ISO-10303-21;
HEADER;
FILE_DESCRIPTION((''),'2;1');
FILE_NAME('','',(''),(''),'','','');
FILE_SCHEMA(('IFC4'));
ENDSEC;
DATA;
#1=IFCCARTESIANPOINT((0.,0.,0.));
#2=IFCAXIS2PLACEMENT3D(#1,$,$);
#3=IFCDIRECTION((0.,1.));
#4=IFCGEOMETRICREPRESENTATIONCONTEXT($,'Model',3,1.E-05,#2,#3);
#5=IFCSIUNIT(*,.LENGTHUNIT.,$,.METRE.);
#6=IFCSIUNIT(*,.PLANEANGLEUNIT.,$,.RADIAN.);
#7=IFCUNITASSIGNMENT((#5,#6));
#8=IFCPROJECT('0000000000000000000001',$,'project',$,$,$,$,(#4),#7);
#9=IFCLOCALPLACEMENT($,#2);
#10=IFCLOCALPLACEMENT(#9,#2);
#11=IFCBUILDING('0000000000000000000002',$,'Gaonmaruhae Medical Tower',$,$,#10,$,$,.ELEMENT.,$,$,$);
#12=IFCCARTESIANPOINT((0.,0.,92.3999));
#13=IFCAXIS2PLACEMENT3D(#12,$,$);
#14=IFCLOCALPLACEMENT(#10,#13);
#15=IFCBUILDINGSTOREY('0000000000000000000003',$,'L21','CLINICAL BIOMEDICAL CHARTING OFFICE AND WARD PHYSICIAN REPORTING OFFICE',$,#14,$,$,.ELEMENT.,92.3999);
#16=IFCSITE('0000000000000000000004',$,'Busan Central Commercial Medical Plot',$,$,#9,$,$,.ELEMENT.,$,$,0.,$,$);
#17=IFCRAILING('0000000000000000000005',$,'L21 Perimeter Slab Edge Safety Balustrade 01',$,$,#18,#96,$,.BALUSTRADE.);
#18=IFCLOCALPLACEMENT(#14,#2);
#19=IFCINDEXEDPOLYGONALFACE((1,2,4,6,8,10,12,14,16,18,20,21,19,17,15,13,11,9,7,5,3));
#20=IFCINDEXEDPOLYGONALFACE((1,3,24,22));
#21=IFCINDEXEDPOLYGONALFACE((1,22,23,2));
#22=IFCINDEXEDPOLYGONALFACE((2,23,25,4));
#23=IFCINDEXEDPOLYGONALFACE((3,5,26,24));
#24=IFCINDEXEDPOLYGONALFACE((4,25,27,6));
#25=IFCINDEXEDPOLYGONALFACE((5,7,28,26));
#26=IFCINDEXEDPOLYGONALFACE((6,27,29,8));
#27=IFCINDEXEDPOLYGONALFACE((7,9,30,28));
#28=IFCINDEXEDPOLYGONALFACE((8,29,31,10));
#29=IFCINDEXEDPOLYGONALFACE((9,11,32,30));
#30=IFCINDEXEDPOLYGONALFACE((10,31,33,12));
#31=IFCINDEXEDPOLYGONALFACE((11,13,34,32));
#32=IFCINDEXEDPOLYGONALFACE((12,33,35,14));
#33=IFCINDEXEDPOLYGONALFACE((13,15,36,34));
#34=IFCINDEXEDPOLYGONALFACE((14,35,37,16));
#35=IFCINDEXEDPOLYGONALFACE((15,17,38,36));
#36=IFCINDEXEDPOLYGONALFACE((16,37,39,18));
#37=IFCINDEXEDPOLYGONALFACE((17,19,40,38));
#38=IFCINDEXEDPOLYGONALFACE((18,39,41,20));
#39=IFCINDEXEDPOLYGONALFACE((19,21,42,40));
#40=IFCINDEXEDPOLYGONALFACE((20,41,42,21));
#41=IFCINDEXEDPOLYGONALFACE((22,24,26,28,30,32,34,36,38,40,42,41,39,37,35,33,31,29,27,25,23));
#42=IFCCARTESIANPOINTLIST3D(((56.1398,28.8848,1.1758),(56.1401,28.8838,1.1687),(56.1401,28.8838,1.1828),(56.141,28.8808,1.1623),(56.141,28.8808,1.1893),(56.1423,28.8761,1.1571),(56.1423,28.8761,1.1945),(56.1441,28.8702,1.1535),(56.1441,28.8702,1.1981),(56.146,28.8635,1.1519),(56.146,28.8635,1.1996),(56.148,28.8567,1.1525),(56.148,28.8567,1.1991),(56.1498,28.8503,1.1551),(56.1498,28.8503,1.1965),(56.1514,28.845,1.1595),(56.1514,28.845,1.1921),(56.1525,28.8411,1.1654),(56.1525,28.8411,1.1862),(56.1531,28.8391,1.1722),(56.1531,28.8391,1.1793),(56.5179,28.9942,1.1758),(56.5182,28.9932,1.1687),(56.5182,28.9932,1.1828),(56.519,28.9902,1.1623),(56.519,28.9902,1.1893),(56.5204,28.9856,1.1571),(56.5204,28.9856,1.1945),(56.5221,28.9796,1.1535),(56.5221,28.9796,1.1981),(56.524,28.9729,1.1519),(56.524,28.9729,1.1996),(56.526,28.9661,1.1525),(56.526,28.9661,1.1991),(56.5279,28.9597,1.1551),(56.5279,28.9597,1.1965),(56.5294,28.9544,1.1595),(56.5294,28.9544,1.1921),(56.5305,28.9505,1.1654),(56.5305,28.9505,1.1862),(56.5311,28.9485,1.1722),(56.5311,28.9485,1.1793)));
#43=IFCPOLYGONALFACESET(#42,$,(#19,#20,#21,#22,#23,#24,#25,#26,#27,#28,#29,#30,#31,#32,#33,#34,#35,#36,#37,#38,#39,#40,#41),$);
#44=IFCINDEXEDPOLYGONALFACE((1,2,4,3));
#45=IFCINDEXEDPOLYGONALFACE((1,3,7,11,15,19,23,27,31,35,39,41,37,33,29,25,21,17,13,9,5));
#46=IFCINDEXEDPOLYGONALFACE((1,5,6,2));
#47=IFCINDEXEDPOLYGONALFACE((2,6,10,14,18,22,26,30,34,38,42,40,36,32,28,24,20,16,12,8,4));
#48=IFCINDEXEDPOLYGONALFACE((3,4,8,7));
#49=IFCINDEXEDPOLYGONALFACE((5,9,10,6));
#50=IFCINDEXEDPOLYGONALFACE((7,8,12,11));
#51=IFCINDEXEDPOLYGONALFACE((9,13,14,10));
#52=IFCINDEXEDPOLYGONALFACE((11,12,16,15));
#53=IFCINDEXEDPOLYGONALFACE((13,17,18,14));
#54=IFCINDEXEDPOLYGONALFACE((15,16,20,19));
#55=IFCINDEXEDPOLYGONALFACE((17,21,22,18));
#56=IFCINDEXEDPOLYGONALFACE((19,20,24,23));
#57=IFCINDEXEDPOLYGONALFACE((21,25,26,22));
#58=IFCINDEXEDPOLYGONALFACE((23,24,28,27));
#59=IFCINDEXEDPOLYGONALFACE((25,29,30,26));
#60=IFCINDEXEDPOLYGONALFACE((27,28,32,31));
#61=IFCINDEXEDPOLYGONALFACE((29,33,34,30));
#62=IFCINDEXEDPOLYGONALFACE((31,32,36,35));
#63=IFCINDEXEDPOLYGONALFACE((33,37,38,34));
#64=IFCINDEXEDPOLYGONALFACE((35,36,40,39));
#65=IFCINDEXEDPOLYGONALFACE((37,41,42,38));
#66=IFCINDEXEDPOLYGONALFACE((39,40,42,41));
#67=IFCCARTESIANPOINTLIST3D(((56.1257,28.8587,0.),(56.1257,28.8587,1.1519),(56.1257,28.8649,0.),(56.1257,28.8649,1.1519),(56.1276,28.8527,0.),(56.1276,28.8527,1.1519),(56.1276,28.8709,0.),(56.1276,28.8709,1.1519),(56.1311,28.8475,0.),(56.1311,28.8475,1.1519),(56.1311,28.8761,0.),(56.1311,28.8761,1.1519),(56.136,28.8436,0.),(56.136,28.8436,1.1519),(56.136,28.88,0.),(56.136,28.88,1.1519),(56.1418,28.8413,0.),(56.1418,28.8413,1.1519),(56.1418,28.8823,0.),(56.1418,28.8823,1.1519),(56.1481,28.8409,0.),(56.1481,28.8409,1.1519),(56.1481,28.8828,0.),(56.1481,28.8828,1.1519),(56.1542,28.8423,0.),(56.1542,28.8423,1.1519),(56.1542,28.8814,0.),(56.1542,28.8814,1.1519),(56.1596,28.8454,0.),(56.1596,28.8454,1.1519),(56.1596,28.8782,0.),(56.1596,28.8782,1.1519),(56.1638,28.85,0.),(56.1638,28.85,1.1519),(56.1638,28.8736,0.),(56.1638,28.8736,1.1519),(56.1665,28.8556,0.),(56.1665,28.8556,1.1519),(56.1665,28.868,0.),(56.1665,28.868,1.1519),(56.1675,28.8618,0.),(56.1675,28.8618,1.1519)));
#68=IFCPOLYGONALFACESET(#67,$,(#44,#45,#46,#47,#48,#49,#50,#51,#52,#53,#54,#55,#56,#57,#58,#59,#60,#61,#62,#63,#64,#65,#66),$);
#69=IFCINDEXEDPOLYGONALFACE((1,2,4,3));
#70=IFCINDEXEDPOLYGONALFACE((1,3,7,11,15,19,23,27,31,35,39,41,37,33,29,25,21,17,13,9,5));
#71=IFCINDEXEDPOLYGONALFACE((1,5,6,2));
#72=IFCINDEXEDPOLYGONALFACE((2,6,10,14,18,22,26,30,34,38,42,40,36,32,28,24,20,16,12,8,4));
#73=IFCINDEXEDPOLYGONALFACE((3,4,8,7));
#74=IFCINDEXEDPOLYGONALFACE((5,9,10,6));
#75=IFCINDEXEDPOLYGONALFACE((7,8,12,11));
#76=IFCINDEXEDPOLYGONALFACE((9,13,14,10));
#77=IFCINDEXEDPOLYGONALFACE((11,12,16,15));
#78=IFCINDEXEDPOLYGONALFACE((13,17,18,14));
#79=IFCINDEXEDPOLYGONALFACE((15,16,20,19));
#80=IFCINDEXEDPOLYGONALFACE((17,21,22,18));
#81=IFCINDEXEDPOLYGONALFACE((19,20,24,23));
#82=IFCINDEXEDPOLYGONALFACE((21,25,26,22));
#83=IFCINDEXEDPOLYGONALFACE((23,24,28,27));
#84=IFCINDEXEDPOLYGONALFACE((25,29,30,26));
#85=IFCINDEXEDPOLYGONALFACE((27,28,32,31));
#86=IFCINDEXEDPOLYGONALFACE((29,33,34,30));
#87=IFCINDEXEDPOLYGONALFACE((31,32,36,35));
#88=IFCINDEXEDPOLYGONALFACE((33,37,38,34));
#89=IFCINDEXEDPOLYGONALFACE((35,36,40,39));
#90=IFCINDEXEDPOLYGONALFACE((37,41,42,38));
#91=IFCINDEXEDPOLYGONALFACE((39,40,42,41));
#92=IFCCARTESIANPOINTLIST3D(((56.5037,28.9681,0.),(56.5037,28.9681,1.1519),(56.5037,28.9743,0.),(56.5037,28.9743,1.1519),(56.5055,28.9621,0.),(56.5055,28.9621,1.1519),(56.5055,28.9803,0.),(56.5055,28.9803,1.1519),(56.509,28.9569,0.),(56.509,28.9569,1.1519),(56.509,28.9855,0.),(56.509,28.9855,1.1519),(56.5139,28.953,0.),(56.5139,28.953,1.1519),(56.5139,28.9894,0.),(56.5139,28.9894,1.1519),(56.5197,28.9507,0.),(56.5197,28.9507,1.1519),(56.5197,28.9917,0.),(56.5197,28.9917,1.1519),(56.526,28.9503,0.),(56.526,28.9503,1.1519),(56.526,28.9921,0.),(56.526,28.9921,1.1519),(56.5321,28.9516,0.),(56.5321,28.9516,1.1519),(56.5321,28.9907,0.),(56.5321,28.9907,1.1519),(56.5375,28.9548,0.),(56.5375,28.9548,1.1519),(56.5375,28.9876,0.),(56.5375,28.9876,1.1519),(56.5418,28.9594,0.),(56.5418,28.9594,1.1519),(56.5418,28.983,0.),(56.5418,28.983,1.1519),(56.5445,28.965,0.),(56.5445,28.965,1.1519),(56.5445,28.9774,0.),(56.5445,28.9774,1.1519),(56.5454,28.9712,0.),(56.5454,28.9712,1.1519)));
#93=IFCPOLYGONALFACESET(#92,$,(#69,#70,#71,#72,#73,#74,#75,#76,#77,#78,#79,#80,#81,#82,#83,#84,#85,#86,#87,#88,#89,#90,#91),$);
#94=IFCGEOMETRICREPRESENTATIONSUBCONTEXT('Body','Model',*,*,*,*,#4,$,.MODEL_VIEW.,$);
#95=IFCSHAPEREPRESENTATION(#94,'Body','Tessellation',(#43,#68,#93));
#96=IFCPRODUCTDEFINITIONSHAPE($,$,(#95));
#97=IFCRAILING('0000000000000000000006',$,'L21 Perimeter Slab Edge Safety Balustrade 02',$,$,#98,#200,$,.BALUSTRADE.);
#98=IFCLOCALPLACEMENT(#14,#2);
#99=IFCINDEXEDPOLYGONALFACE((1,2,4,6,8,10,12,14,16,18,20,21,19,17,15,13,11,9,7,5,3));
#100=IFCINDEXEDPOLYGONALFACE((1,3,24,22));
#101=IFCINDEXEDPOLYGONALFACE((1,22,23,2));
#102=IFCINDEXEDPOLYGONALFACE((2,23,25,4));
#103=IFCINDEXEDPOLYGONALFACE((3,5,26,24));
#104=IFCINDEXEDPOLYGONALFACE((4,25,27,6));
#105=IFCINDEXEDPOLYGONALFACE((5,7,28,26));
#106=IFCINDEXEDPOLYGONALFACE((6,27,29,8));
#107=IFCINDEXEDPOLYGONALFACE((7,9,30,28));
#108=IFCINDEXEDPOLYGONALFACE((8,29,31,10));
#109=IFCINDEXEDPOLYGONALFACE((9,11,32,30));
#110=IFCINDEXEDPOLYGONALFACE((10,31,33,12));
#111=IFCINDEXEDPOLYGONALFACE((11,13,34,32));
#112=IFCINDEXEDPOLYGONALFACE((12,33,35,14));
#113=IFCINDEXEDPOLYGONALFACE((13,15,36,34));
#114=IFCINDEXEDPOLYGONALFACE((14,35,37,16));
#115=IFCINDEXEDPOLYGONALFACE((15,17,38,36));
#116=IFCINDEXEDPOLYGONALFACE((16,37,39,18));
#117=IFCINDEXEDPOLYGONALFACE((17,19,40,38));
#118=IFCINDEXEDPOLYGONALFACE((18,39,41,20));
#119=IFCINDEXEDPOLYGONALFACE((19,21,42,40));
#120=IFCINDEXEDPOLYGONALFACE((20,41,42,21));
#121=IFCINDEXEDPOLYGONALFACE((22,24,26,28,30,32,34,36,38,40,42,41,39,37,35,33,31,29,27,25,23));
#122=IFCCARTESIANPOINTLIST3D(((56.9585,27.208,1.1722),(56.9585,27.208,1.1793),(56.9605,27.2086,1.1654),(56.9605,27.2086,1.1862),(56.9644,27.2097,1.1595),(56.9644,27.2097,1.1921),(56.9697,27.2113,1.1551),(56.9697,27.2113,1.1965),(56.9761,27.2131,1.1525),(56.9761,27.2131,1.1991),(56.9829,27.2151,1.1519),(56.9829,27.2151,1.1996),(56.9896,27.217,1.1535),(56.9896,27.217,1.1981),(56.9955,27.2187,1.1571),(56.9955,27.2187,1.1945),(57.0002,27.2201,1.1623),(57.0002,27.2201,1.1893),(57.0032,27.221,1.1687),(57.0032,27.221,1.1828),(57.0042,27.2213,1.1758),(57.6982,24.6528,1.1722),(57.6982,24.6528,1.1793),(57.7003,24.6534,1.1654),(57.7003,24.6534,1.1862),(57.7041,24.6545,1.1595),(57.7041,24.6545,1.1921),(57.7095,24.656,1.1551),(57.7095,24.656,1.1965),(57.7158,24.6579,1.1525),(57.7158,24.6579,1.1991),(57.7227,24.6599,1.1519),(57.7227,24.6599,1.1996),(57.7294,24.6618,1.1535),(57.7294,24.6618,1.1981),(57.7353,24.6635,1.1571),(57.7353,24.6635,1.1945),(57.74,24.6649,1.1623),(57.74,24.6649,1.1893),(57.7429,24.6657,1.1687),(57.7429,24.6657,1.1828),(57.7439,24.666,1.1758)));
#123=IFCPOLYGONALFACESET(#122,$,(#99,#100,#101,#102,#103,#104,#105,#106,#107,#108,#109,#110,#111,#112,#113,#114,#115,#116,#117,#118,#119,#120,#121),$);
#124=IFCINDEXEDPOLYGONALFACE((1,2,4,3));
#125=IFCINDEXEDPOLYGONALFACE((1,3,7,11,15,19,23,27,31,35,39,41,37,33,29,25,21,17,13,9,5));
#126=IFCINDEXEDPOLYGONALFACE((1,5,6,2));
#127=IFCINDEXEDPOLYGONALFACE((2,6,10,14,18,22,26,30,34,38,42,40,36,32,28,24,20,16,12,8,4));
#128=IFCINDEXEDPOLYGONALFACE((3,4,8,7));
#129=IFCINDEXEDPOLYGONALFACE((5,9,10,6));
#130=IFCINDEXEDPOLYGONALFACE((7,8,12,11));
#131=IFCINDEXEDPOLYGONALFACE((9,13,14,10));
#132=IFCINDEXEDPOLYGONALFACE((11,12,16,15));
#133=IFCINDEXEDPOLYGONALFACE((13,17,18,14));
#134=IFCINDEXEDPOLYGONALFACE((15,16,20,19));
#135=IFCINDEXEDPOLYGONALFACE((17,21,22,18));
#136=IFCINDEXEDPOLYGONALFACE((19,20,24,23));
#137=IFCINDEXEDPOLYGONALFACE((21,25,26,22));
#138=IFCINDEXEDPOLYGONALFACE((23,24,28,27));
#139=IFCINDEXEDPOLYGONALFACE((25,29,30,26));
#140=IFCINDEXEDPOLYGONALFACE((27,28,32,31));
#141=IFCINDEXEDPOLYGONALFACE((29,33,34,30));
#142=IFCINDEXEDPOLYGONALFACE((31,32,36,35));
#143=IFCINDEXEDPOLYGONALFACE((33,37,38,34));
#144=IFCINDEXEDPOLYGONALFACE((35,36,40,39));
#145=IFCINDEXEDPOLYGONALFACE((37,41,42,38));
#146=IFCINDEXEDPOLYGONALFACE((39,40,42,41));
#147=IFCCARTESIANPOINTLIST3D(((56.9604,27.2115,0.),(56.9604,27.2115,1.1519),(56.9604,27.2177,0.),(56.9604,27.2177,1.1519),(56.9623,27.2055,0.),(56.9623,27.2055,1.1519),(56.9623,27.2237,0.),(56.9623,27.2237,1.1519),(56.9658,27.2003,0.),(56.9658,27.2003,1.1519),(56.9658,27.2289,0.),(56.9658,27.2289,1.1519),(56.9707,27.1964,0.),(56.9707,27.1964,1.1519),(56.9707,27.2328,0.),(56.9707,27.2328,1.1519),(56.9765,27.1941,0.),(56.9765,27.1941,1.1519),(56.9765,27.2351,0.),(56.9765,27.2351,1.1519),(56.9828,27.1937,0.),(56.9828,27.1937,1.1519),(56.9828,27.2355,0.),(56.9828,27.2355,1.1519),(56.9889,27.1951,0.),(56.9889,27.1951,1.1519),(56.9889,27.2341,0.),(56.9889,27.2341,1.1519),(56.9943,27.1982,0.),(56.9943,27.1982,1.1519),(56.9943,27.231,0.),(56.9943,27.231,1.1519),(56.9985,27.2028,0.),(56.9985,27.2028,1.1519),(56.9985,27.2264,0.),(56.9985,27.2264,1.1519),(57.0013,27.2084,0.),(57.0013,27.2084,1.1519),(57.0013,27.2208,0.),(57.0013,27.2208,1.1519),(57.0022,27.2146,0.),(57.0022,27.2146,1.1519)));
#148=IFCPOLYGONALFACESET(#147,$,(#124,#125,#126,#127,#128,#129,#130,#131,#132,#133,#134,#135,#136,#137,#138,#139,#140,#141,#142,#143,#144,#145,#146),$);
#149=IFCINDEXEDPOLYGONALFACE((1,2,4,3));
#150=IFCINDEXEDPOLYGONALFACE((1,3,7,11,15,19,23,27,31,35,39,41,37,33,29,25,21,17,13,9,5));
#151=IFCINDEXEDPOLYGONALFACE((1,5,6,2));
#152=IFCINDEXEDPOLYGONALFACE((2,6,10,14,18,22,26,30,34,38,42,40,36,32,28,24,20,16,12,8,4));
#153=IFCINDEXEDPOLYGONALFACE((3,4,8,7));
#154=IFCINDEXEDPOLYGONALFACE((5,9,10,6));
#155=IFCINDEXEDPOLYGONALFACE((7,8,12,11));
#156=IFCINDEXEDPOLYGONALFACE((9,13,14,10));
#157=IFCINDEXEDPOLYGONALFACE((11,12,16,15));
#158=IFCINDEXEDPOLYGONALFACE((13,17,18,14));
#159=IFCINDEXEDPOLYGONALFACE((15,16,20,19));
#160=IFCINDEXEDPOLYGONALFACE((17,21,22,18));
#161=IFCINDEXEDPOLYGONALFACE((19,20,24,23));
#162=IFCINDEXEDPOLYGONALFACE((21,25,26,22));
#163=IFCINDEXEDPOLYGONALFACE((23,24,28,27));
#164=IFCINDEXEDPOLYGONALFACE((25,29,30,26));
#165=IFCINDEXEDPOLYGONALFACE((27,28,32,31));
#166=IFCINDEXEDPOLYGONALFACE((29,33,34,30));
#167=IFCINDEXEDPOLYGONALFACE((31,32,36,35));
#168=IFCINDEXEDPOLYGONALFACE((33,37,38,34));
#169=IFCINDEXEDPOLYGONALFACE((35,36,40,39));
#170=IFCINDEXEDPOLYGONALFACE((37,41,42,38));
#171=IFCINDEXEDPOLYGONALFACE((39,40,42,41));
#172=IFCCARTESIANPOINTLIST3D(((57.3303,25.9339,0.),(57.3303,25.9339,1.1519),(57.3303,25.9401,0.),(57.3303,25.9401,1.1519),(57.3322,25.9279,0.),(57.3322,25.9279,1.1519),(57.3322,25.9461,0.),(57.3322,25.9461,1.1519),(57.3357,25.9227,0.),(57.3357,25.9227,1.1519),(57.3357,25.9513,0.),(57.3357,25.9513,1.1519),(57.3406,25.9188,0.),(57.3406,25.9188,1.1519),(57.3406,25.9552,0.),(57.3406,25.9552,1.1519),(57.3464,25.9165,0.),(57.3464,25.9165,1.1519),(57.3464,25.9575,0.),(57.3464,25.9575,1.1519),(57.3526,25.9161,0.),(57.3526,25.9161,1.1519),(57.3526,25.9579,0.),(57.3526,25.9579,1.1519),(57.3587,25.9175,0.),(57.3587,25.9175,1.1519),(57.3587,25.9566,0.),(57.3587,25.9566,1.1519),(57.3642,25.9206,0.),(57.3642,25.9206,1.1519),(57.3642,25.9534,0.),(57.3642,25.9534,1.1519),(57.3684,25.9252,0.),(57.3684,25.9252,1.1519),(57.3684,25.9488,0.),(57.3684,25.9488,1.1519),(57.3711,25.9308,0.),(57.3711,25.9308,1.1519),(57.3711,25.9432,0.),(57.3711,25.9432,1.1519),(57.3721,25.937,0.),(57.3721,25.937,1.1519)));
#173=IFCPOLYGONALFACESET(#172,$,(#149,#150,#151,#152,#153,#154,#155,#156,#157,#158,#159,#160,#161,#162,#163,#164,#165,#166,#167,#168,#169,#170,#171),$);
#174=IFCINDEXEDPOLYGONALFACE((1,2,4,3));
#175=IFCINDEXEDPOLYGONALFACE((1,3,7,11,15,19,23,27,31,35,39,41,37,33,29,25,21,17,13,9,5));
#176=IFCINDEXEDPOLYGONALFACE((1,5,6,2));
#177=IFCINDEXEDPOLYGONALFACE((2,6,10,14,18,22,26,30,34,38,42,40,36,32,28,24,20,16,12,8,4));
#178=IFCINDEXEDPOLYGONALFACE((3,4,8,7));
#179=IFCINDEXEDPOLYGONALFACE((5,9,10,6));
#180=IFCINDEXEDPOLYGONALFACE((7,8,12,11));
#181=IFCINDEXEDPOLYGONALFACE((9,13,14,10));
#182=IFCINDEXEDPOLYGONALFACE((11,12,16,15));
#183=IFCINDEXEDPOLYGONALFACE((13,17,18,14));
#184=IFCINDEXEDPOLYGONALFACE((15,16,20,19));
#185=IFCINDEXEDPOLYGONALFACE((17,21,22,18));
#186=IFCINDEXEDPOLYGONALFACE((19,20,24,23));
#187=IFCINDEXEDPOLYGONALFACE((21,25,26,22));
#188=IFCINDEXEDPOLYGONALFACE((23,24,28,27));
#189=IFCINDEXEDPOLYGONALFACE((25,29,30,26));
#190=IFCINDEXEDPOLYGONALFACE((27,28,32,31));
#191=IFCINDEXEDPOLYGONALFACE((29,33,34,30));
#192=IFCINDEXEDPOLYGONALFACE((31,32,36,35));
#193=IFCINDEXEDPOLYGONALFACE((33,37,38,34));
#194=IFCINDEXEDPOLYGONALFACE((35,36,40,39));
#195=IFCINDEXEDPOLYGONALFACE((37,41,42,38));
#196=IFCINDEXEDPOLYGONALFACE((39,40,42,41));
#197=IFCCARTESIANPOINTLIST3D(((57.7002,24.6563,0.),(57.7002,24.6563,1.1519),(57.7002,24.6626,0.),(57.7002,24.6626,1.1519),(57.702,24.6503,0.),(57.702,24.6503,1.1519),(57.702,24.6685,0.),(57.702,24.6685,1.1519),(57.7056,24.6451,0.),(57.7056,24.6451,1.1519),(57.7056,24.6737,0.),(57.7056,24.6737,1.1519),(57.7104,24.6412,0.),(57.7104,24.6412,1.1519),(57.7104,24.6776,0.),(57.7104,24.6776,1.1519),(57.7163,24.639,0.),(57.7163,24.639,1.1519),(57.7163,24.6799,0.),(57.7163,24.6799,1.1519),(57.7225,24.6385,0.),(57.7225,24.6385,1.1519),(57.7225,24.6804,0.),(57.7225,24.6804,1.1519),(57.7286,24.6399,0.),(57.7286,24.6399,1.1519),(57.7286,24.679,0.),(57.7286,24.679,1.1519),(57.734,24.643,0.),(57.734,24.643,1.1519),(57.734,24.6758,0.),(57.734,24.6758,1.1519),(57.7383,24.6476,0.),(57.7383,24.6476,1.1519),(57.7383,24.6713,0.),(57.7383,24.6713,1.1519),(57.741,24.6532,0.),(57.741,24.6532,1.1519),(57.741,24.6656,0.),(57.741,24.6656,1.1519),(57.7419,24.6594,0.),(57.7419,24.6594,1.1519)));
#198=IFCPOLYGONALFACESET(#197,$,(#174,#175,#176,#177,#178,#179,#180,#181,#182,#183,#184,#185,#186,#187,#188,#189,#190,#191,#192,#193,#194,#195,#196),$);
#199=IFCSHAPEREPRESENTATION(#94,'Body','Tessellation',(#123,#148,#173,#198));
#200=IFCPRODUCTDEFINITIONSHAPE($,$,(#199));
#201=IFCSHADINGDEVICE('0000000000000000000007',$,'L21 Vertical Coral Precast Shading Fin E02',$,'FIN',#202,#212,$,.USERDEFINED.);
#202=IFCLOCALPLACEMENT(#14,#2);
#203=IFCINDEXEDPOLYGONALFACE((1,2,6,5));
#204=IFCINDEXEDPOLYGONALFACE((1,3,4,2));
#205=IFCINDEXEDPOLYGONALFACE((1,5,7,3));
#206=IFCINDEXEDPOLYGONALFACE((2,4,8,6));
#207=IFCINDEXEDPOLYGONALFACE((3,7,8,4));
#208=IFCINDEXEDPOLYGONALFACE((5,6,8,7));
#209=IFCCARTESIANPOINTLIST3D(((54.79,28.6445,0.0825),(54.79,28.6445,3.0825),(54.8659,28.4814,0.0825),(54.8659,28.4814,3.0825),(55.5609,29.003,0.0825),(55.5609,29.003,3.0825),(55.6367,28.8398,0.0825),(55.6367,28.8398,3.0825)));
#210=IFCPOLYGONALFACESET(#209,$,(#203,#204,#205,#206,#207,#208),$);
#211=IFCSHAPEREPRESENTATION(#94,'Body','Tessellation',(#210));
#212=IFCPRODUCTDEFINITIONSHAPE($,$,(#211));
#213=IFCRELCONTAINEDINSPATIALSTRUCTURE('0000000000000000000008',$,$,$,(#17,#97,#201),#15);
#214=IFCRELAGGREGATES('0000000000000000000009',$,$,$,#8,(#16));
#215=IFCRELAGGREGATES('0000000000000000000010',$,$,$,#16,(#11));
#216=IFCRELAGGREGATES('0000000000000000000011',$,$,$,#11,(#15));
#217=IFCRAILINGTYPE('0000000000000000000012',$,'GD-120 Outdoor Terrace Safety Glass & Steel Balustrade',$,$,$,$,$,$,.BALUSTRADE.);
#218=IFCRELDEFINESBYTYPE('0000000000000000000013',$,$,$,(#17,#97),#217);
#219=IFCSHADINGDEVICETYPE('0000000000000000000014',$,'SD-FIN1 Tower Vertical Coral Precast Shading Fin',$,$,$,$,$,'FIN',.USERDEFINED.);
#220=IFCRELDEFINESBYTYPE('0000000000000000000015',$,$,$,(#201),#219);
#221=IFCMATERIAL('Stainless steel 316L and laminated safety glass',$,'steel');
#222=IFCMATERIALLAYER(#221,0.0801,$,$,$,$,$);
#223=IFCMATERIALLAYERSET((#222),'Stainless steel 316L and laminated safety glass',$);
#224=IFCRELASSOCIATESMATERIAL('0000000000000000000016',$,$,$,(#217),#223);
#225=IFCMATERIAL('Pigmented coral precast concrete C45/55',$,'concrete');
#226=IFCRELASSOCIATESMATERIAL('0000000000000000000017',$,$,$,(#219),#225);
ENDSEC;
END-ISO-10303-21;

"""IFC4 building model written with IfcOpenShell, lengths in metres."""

from ifc_helpers import new_model, si_unit, direction, frame, origin, origin_2d, place, context, subcontext, project, spatial, rectangle, circle, extrude, material, layer, layer_set, type_object, element, save


model = new_model("IFC4")

# Units and contexts
model_context = context("Model", 3, precision=1e-05, world=origin(), true_north=direction((0.0, 1.0)))
body_context = subcontext(model_context, "Body", "Model", "MODEL_VIEW")
ifc_project = project(units=[si_unit("LENGTHUNIT", "METRE"), si_unit("PLANEANGLEUNIT", "RADIAN")], contexts=[model_context])

# Site, building, storey
site_placement = place(None, origin())
site = spatial("IfcSite", under=ifc_project, at=site_placement, Name="Busan Central Commercial Medical Plot", CompositionType="ELEMENT", RefElevation=0.0)
building_placement = place(site_placement, origin())
building = spatial("IfcBuilding", under=site, at=building_placement, Name="Gaonmaruhae Medical Tower", CompositionType="ELEMENT")
storey_placement = place(building_placement, frame((0.0, 0.0, 92.3999)))
storey = spatial("IfcBuildingStorey", under=building, at=storey_placement, Name="L21", Description="CLINICAL BIOMEDICAL CHARTING OFFICE AND WARD PHYSICIAN REPORTING OFFICE", CompositionType="ELEMENT", Elevation=92.3999)

# Railings
ifc_material_1 = material(Name="Stainless steel 316L and laminated safety glass", Category="steel")
ifc_layer_1 = layer(ifc_material_1, 0.0801)
ifc_layer_set_1 = layer_set([ifc_layer_1], Name="Stainless steel 316L and laminated safety glass")
railing_type = type_object("IfcRailingType", Name="GD-120 Outdoor Terrace Safety Glass & Steel Balustrade", PredefinedType="BALUSTRADE", material=ifc_layer_set_1)
railing_1_placement = place(storey_placement, frame((56.1465, 28.8618, 0.0)))
element("IfcRailing", 1, at=railing_1_placement, inside=storey, type_object=railing_type, Name="L21 Perimeter Slab Edge Safety Balustrade 01", PredefinedType="BALUSTRADE", context=body_context, shape_type="SweptSolid", body=[
    extrude(circle(Radius=0.0239, at=origin_2d()), frame((0.0, 0.0, 1.1758), z_axis=(0.960582, 0.277998, 0.0), x_axis=(-0.277998, 0.960582, 0.0)), (0.0, 0.0, 1.0), 0.3936),
    extrude(circle(Radius=0.021, at=origin_2d()), origin(), (0.0, 0.0, 1.0), 1.1519),
    extrude(circle(Radius=0.021, at=origin_2d()), frame((0.3779, 0.1094, 0.0)), (0.0, 0.0, 1.0), 1.1519),
])
railing_2_placement = place(storey_placement, frame((56.9812, 27.2146, 0.0)))
element("IfcRailing", 2, at=railing_2_placement, inside=storey, type_object=railing_type, Name="L21 Perimeter Slab Edge Safety Balustrade 02", PredefinedType="BALUSTRADE", context=body_context, shape_type="SweptSolid", body=[
    extrude(circle(Radius=0.0239, at=origin_2d()), frame((0.0, 0.0, 1.1758), z_axis=(0.278089, -0.960555, 0.0), x_axis=(0.960555, 0.278089, 0.0)), (0.0, 0.0, 1.0), 2.6602),
    extrude(circle(Radius=0.021, at=origin_2d()), origin(), (0.0, 0.0, 1.0), 1.1519),
    extrude(circle(Radius=0.021, at=origin_2d()), frame((0.3699, -1.2776, 0.0)), (0.0, 0.0, 1.0), 1.1519),
    extrude(circle(Radius=0.021, at=origin_2d()), frame((0.7397, -2.5552, 0.0)), (0.0, 0.0, 1.0), 1.1519),
])

# Shading device
ifc_material_2 = material(Name="Pigmented coral precast concrete C45/55", Category="concrete")
shading_device_type = type_object("IfcShadingDeviceType", Name="SD-FIN1 Tower Vertical Coral Precast Shading Fin", ElementType="FIN", PredefinedType="USERDEFINED", material=ifc_material_2)
for number, where, z_axis, x_axis, name in (
    (3, (55.2134, 28.7422, 0.0825), (0.0, 0.0, 1.0), (0.421669, -0.90675, 0.0), "L21 Vertical Coral Precast Shading Fin E02"),
):
    element("IfcShadingDevice", number, at=place(storey_placement, frame(where, z_axis=z_axis, x_axis=x_axis)), inside=storey, type_object=shading_device_type, Name=name, ObjectType="FIN", PredefinedType="USERDEFINED", context=body_context, shape_type="SweptSolid", body=[
        extrude(rectangle(XDim=0.1799, YDim=0.8501, at=origin_2d()), origin(), (0.0, 0.0, 1.0), 3.0),
    ])

save(model, "model.ifc")
